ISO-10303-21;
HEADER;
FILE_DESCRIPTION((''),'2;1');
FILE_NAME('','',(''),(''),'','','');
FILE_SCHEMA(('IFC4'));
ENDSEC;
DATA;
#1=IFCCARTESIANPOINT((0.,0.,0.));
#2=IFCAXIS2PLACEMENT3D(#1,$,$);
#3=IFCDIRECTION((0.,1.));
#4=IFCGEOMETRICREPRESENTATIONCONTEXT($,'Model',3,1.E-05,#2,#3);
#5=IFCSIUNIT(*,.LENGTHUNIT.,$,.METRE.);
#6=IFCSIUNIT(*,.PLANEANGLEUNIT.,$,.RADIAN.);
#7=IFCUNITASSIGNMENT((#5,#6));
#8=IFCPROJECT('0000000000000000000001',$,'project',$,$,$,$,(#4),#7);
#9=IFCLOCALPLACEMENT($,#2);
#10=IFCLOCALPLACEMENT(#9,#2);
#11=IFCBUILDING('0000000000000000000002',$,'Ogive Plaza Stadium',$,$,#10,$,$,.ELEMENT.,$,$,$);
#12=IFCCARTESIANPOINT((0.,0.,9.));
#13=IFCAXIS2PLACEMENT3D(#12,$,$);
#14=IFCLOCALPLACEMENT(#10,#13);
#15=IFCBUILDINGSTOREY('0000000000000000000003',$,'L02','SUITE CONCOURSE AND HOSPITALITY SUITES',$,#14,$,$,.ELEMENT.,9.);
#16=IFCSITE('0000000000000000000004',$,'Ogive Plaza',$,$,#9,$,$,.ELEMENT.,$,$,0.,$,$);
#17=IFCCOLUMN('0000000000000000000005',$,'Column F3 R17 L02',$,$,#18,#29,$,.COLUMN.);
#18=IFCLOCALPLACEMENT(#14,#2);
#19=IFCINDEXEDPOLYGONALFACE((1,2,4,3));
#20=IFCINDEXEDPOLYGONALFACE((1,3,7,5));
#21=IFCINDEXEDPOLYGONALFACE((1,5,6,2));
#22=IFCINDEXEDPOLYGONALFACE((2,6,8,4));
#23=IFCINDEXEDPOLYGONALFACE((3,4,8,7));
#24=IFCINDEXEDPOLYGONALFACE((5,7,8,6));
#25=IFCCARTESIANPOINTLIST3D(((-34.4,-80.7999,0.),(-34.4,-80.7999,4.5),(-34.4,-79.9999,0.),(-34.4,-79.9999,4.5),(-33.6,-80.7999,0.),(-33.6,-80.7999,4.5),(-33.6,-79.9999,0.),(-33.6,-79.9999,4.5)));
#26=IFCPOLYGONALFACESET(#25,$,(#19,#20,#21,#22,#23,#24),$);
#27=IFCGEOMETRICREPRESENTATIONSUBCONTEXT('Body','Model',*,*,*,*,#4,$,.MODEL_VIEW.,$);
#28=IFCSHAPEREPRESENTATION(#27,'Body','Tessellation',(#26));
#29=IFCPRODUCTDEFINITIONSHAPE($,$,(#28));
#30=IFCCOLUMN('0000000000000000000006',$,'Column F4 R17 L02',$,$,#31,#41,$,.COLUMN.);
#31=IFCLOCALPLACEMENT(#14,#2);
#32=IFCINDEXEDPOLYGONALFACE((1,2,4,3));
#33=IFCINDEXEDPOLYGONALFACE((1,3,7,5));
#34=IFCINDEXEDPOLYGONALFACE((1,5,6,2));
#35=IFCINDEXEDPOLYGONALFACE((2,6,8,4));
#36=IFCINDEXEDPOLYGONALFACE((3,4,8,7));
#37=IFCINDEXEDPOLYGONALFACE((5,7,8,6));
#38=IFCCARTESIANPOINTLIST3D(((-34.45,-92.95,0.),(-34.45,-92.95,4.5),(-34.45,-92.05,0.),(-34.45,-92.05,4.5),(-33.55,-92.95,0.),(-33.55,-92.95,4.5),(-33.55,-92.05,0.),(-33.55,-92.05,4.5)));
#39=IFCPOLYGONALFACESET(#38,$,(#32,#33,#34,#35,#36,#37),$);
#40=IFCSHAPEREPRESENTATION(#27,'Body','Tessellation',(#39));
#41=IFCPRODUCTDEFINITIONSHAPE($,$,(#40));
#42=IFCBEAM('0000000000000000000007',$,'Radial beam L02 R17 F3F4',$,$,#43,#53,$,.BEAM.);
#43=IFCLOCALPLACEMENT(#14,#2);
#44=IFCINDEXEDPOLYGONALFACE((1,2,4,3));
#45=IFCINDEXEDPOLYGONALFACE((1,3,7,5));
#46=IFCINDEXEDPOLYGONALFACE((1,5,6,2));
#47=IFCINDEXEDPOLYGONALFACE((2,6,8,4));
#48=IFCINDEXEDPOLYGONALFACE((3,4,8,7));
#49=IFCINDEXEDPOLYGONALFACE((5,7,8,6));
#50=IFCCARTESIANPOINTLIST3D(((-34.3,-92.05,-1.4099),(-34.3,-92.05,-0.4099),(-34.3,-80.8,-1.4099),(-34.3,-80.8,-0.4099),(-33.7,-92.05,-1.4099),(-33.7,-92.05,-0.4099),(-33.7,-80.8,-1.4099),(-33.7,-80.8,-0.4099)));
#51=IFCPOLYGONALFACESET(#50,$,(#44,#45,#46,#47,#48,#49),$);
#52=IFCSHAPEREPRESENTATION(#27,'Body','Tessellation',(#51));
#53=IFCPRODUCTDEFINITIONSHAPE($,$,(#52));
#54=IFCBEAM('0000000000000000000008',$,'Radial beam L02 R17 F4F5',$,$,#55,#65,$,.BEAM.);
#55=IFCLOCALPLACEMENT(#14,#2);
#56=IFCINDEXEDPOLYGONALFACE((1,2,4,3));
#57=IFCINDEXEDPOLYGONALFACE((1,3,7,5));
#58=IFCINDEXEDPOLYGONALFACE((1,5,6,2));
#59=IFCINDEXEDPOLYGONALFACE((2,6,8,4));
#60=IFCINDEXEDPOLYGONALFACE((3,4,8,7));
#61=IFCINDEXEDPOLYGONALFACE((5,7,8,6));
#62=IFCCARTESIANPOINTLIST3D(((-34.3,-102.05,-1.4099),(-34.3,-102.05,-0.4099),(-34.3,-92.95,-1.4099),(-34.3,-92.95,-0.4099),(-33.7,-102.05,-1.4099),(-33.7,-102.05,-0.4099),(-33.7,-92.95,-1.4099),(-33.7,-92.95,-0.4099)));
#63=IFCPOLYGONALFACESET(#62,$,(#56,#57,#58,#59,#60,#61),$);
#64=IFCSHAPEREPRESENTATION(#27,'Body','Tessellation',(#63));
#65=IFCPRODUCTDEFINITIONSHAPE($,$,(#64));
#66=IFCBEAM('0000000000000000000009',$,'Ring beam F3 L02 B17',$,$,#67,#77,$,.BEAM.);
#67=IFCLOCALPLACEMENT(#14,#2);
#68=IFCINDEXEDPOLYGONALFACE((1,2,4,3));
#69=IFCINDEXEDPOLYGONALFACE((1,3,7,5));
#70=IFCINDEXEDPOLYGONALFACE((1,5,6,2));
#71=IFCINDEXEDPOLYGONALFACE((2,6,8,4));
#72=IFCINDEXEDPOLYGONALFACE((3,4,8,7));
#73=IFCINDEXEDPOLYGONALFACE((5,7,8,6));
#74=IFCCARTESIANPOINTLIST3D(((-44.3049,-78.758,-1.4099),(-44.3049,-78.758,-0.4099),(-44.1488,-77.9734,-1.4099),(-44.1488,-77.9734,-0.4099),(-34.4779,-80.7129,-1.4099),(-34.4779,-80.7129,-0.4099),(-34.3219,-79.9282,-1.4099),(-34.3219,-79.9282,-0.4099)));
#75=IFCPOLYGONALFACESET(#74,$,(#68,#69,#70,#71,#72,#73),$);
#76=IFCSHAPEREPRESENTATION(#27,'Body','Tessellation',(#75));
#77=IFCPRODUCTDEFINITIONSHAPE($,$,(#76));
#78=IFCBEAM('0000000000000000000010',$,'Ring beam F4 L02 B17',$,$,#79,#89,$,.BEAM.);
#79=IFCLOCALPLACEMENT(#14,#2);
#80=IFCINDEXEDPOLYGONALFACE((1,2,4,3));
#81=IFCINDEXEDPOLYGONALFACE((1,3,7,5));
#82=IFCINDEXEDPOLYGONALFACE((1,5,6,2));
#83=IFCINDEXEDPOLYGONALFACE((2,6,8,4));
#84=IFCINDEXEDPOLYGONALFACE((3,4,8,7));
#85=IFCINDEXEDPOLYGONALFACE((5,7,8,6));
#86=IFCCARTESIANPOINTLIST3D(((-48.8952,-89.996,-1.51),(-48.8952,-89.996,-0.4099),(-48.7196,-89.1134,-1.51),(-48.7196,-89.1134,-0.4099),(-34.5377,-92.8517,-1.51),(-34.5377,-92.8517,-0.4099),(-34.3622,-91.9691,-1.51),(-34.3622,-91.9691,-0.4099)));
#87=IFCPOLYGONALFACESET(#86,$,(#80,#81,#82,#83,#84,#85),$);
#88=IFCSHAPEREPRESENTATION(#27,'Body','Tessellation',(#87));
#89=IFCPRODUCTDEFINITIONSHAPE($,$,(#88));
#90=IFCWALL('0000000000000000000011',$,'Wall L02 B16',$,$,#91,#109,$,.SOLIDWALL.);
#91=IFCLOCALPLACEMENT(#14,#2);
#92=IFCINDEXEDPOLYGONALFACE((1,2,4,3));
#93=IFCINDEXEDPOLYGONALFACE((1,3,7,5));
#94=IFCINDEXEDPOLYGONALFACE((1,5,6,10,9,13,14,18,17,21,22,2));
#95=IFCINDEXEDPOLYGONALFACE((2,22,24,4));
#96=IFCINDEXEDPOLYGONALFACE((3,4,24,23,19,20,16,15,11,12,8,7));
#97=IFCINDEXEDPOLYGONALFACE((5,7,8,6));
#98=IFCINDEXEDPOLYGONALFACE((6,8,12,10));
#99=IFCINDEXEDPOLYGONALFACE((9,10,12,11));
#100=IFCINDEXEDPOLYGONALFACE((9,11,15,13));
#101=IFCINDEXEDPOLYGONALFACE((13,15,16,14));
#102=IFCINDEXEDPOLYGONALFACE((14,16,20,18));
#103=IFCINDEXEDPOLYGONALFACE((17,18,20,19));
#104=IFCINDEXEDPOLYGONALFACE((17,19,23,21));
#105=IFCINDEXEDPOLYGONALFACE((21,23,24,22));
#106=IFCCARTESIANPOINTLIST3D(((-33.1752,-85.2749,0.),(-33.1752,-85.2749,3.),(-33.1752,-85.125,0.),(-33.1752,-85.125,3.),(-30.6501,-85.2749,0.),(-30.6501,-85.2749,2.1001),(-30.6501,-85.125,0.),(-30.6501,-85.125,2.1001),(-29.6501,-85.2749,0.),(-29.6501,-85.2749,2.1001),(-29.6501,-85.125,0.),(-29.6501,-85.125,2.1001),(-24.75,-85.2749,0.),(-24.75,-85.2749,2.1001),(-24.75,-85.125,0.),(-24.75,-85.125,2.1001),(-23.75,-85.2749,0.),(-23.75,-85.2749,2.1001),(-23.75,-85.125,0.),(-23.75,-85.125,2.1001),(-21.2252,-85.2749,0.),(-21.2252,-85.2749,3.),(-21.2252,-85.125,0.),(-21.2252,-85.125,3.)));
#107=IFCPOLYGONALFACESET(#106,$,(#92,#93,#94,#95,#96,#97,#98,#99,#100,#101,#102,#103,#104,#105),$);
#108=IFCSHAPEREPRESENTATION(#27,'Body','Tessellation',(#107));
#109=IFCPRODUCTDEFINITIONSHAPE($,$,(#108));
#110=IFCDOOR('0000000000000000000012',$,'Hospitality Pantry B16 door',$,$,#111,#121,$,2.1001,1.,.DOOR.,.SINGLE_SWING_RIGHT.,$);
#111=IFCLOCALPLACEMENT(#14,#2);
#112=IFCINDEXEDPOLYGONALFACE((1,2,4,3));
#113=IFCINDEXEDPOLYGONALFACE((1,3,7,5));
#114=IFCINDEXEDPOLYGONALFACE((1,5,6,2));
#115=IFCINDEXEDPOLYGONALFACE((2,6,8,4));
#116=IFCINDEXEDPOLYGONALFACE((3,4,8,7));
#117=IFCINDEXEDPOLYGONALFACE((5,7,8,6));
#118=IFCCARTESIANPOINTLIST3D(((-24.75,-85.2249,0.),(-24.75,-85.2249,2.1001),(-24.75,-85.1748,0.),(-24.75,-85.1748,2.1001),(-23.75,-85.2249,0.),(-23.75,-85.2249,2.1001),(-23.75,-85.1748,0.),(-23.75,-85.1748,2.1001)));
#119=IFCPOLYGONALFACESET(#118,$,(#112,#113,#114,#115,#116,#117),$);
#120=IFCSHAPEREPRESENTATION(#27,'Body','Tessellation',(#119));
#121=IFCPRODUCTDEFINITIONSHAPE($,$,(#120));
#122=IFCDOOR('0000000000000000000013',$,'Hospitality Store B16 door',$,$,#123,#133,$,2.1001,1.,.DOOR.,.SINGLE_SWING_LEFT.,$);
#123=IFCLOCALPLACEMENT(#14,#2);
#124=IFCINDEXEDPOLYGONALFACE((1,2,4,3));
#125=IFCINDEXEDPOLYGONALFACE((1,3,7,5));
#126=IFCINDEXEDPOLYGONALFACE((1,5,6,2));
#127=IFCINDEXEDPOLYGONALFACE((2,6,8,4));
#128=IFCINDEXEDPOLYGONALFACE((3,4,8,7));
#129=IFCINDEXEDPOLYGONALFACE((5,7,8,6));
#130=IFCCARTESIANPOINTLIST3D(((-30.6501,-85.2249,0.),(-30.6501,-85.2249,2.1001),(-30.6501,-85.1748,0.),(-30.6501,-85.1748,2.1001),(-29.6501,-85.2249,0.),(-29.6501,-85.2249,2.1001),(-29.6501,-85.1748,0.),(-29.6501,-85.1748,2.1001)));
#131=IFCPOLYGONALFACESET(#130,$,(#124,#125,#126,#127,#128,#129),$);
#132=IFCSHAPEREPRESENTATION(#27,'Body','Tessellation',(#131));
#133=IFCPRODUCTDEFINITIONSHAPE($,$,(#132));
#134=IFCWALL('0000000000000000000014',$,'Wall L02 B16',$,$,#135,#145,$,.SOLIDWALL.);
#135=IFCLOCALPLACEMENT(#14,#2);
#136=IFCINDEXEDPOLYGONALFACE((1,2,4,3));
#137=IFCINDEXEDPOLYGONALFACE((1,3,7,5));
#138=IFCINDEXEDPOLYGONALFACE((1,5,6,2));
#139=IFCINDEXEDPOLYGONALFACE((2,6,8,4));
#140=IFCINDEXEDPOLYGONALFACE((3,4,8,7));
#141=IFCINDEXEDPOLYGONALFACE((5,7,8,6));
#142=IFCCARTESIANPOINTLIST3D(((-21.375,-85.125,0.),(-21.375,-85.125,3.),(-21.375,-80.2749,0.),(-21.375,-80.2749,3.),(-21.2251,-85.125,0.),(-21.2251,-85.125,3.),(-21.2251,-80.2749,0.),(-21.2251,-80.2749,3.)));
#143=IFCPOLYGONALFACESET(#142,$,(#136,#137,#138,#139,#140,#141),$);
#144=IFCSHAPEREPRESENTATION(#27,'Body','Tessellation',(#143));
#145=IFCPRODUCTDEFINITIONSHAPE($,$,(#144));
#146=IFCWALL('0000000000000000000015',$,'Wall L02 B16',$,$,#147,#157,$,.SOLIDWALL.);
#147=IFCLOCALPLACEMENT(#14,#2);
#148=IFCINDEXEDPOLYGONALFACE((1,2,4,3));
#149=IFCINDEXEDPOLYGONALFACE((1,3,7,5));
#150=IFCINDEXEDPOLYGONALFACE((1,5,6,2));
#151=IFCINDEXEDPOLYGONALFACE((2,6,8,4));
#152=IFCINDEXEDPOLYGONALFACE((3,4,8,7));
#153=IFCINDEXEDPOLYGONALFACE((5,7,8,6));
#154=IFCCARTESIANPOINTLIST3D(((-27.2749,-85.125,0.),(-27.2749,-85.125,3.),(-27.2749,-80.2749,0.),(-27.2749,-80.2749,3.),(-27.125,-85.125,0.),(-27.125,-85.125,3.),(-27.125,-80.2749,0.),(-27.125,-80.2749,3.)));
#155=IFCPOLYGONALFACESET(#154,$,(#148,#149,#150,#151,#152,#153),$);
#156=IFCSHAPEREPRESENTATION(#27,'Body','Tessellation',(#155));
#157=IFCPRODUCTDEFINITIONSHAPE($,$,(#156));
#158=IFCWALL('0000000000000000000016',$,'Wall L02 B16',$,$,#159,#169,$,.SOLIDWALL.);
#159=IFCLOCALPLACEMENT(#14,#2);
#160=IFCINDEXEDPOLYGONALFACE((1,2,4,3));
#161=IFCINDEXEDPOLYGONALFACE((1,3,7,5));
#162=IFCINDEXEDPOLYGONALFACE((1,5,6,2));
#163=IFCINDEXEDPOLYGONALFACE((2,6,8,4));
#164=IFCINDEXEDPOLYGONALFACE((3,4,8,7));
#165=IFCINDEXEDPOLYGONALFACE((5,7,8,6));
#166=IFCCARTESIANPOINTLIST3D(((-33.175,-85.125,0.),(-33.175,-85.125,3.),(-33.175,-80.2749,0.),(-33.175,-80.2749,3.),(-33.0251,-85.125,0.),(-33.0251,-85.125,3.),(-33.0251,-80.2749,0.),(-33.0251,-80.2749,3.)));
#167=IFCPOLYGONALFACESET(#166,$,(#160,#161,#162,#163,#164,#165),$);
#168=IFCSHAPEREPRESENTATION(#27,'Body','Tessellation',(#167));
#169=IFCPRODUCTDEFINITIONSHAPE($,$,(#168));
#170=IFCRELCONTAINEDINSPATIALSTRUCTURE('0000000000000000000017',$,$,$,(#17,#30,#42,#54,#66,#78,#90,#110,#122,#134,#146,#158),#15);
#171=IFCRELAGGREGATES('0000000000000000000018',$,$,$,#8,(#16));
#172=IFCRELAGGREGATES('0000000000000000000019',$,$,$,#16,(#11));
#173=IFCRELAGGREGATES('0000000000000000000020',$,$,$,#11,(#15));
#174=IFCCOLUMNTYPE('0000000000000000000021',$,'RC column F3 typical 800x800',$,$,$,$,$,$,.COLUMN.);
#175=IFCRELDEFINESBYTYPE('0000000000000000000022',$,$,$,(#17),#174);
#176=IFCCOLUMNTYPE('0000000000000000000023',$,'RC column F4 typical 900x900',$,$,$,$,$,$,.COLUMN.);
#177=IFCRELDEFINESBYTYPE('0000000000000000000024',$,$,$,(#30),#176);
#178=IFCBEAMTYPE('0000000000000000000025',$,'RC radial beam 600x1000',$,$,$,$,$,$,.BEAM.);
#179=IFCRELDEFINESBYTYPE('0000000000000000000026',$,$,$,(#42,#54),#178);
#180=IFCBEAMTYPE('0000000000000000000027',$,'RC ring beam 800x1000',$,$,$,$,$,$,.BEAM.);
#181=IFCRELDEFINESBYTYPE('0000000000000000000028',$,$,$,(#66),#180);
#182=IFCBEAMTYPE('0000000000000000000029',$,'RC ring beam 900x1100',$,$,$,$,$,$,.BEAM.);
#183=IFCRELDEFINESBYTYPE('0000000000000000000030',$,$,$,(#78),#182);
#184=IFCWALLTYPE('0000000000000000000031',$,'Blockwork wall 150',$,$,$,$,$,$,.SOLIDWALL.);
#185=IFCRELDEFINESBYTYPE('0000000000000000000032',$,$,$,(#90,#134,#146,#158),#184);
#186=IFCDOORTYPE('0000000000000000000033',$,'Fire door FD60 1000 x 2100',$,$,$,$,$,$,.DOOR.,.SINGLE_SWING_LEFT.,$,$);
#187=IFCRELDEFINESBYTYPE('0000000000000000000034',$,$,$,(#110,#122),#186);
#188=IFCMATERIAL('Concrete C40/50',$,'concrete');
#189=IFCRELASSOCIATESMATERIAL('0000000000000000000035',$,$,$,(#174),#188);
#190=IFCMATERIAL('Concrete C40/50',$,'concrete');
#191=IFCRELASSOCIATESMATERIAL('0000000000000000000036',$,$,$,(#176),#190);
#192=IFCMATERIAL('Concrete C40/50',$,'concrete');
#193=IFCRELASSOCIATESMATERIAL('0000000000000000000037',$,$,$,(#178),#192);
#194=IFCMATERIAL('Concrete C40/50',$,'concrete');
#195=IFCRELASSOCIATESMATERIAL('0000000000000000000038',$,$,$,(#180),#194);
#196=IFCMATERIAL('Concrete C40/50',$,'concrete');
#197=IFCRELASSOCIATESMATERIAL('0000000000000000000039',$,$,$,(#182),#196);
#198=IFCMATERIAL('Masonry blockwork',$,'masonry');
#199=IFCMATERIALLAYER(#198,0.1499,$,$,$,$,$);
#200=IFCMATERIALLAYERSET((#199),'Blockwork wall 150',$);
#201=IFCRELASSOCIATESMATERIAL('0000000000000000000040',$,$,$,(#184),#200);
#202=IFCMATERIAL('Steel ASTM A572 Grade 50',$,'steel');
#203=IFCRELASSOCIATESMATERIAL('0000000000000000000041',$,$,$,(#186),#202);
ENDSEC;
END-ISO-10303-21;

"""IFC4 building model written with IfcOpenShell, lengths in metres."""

from ifc_helpers import new_model, si_unit, direction, frame, frame_2d, origin, origin_2d, place, context, subcontext, project, spatial, rectangle, extrude, material, layer, layer_set, material_profile, profile_set, type_object, element, fill, save


model = new_model("IFC4")

# Units and contexts
model_context = context("Model", 3, precision=1e-05, world=origin(), true_north=direction((0.0, 1.0)))
body_context = subcontext(model_context, "Body", "Model", "MODEL_VIEW")
ifc_project = project(units=[si_unit("LENGTHUNIT", "METRE"), si_unit("PLANEANGLEUNIT", "RADIAN")], contexts=[model_context])

# Site, building, storey
site_placement = place(None, origin())
site = spatial("IfcSite", under=ifc_project, at=site_placement, Name="Ogive Plaza", CompositionType="ELEMENT", RefElevation=0.0)
building_placement = place(site_placement, origin())
building = spatial("IfcBuilding", under=site, at=building_placement, Name="Ogive Plaza Stadium", CompositionType="ELEMENT")
storey_placement = place(building_placement, frame((0.0, 0.0, 9.0)))
storey = spatial("IfcBuildingStorey", under=building, at=storey_placement, Name="L02", Description="SUITE CONCOURSE AND HOSPITALITY SUITES", CompositionType="ELEMENT", Elevation=9.0)

# Columns
ifc_material_1 = material(Name="Concrete C40/50", Category="concrete")
ifc_material_profile_1 = material_profile(ifc_material_1, rectangle(XDim=0.8, YDim=0.8, at=origin_2d()), Name="RC 800x800")
ifc_profile_set_1 = profile_set([ifc_material_profile_1], Name="Concrete C40/50")
column_type_1 = type_object("IfcColumnType", Name="RC column F3 typical 800x800", PredefinedType="COLUMN", material=ifc_profile_set_1)
column_1_placement = place(storey_placement, frame((-34.0, -80.3999, 0.0), z_axis=(0.0, 0.0, 1.0), x_axis=(1.0, 0.0, 0.0)))
element("IfcColumn", 1, at=column_1_placement, inside=storey, type_object=column_type_1, Name="Column F3 R17 L02", PredefinedType="COLUMN", context=body_context, shape_type="SweptSolid", body=[
    extrude(rectangle(XDim=0.8, YDim=0.8, at=origin_2d()), origin(), (0.0, 0.0, 1.0), 4.5),
])
ifc_material_2 = material(Name="Concrete C40/50", Category="concrete")
ifc_material_profile_2 = material_profile(ifc_material_2, rectangle(XDim=0.8999, YDim=0.8999, at=origin_2d()), Name="RC 900x900")
ifc_profile_set_2 = profile_set([ifc_material_profile_2], Name="Concrete C40/50")
column_type_2 = type_object("IfcColumnType", Name="RC column F4 typical 900x900", PredefinedType="COLUMN", material=ifc_profile_set_2)
column_2_placement = place(storey_placement, frame((-34.0, -92.5, 0.0), z_axis=(0.0, 0.0, 1.0), x_axis=(1.0, 0.0, 0.0)))
element("IfcColumn", 2, at=column_2_placement, inside=storey, type_object=column_type_2, Name="Column F4 R17 L02", PredefinedType="COLUMN", context=body_context, shape_type="SweptSolid", body=[
    extrude(rectangle(XDim=0.8999, YDim=0.8999, at=origin_2d()), origin(), (0.0, 0.0, 1.0), 4.5),
])

# Beams
ifc_material_3 = material(Name="Concrete C40/50", Category="concrete")
ifc_material_profile_3 = material_profile(ifc_material_3, rectangle(XDim=0.6001, YDim=1.0, at=origin_2d()), Name="RC 600x1000")
ifc_profile_set_3 = profile_set([ifc_material_profile_3], Name="Concrete C40/50")
beam_type_1 = type_object("IfcBeamType", Name="RC radial beam 600x1000", PredefinedType="BEAM", material=ifc_profile_set_3)
beam_1_placement = place(storey_placement, frame((-34.0, -80.8, -0.9099), z_axis=(0.0, -1.0, 0.0), x_axis=(1.0, 0.0, 0.0)))
element("IfcBeam", 3, at=beam_1_placement, inside=storey, type_object=beam_type_1, Name="Radial beam L02 R17 F3F4", PredefinedType="BEAM", context=body_context, shape_type="SweptSolid", body=[
    extrude(rectangle(XDim=0.6001, YDim=1.0, at=origin_2d()), origin(), (0.0, 0.0, 1.0), 11.25),
])
beam_2_placement = place(storey_placement, frame((-34.0, -92.95, -0.9099), z_axis=(0.0, -1.0, 0.0), x_axis=(1.0, 0.0, 0.0)))
element("IfcBeam", 4, at=beam_2_placement, inside=storey, type_object=beam_type_1, Name="Radial beam L02 R17 F4F5", PredefinedType="BEAM", context=body_context, shape_type="SweptSolid", body=[
    extrude(rectangle(XDim=0.6001, YDim=1.0, at=origin_2d()), origin(), (0.0, 0.0, 1.0), 9.1001),
])
ifc_material_4 = material(Name="Concrete C40/50", Category="concrete")
ifc_material_profile_4 = material_profile(ifc_material_4, rectangle(XDim=0.8, YDim=1.0, at=origin_2d()), Name="RC 800x1000")
ifc_profile_set_4 = profile_set([ifc_material_profile_4], Name="Concrete C40/50")
beam_type_2 = type_object("IfcBeamType", Name="RC ring beam 800x1000", PredefinedType="BEAM", material=ifc_profile_set_4)
beam_3_placement = place(storey_placement, frame((-34.3999, -80.3206, -0.9099), z_axis=(-0.980783, 0.195104, 0.0), x_axis=(-0.195104, -0.980783, 0.0)))
element("IfcBeam", 5, at=beam_3_placement, inside=storey, type_object=beam_type_2, Name="Ring beam F3 L02 B17", PredefinedType="BEAM", context=body_context, shape_type="SweptSolid", body=[
    extrude(rectangle(XDim=0.8, YDim=1.0, at=origin_2d()), origin(), (0.0, 0.0, 1.0), 10.0195),
])
ifc_material_5 = material(Name="Concrete C40/50", Category="concrete")
ifc_material_profile_5 = material_profile(ifc_material_5, rectangle(XDim=0.8999, YDim=1.1001, at=origin_2d()), Name="RC 900x1100")
ifc_profile_set_5 = profile_set([ifc_material_profile_5], Name="Concrete C40/50")
beam_type_3 = type_object("IfcBeamType", Name="RC ring beam 900x1100", PredefinedType="BEAM", material=ifc_profile_set_5)
beam_4_placement = place(storey_placement, frame((-34.45, -92.4104, -0.96), z_axis=(-0.980787, 0.19508, 0.0), x_axis=(-0.19508, -0.980787, 0.0)))
element("IfcBeam", 6, at=beam_4_placement, inside=storey, type_object=beam_type_3, Name="Ring beam F4 L02 B17", PredefinedType="BEAM", context=body_context, shape_type="SweptSolid", body=[
    extrude(rectangle(XDim=0.8999, YDim=1.1001, at=origin_2d()), origin(), (0.0, 0.0, 1.0), 14.6387),
])

# Wall, openings, doors
ifc_material_6 = material(Name="Masonry blockwork", Category="masonry")
ifc_layer_1 = layer(ifc_material_6, 0.1499)
ifc_layer_set_1 = layer_set([ifc_layer_1], Name="Blockwork wall 150")
wall_type_1 = type_object("IfcWallType", Name="Blockwork wall 150", PredefinedType="SOLIDWALL", material=ifc_layer_set_1)
wall_1_placement = place(storey_placement, frame((-21.2251, -85.2, 0.0), z_axis=(0.0, 0.0, 1.0), x_axis=(-1.0, 0.0, 0.0)))
wall_1 = element("IfcWall", 7, at=wall_1_placement, inside=storey, type_object=wall_type_1, Name="Wall L02 B16", PredefinedType="SOLIDWALL", context=body_context, shape_type="SweptSolid", body=[
    extrude(rectangle(XDim=11.95, YDim=0.1499, at=frame_2d((5.9751, 0.0))), origin(), (0.0, 0.0, 1.0), 3.0),
])
opening_1_placement = place(wall_1_placement, frame((2.5249, 0.0, 0.0)))
opening_1 = element("IfcOpeningElement", 8, at=opening_1_placement, cuts=wall_1, PredefinedType="OPENING", context=body_context, shape_type="SweptSolid", body=[
    extrude(rectangle(XDim=1.0, YDim=2.1001, at=frame_2d((0.5, 1.05))), frame((0.0, 0.075, 0.0), z_axis=(0.0, -1.0, 0.0), x_axis=(1.0, 0.0, 0.0)), (0.0, 0.0, 1.0), 0.1499),
])
opening_2_placement = place(wall_1_placement, frame((8.425, 0.0, 0.0)))
opening_2 = element("IfcOpeningElement", 9, at=opening_2_placement, cuts=wall_1, PredefinedType="OPENING", context=body_context, shape_type="SweptSolid", body=[
    extrude(rectangle(XDim=1.0, YDim=2.1001, at=frame_2d((0.5, 1.05))), frame((0.0, 0.075, 0.0), z_axis=(0.0, -1.0, 0.0), x_axis=(1.0, 0.0, 0.0)), (0.0, 0.0, 1.0), 0.1499),
])
ifc_material_7 = material(Name="Steel ASTM A572 Grade 50", Category="steel")
door_type_1 = type_object("IfcDoorType", Name="Fire door FD60 1000 x 2100", OperationType="SINGLE_SWING_LEFT", PredefinedType="DOOR", material=ifc_material_7)
door_1_placement = place(opening_1_placement, origin())
door_1 = element("IfcDoor", 10, at=door_1_placement, inside=storey, type_object=door_type_1, Name="Hospitality Pantry B16 door", OperationType="SINGLE_SWING_RIGHT", OverallHeight=2.1001, OverallWidth=1.0, PredefinedType="DOOR", context=body_context, shape_type="SweptSolid", body=[
    extrude(rectangle(XDim=1.0, YDim=2.1001, at=frame_2d((0.5, 1.05))), frame((0.0, 0.0249, 0.0), z_axis=(0.0, -1.0, 0.0), x_axis=(1.0, 0.0, 0.0)), (0.0, 0.0, 1.0), 0.05),
])
fill(opening_1, door_1)
door_2_placement = place(opening_2_placement, origin())
door_2 = element("IfcDoor", 11, at=door_2_placement, inside=storey, type_object=door_type_1, Name="Hospitality Store B16 door", OperationType="SINGLE_SWING_LEFT", OverallHeight=2.1001, OverallWidth=1.0, PredefinedType="DOOR", context=body_context, shape_type="SweptSolid", body=[
    extrude(rectangle(XDim=1.0, YDim=2.1001, at=frame_2d((0.5, 1.05))), frame((0.0, 0.0249, 0.0), z_axis=(0.0, -1.0, 0.0), x_axis=(1.0, 0.0, 0.0)), (0.0, 0.0, 1.0), 0.05),
])
fill(opening_2, door_2)

# Walls
for number, where, z_axis, x_axis, name in (
    (12, (-21.3, -80.2749, 0.0), (0.0, 0.0, 1.0), (0.0, -1.0, 0.0), "Wall L02 B16"),
    (13, (-27.2, -80.2749, 0.0), (0.0, 0.0, 1.0), (0.0, -1.0, 0.0), "Wall L02 B16"),
    (14, (-33.1001, -80.2749, 0.0), (0.0, 0.0, 1.0), (0.0, -1.0, 0.0), "Wall L02 B16"),
):
    element("IfcWall", number, at=place(storey_placement, frame(where, z_axis=z_axis, x_axis=x_axis)), inside=storey, type_object=wall_type_1, Name=name, PredefinedType="SOLIDWALL", context=body_context, shape_type="SweptSolid", body=[
        extrude(rectangle(XDim=4.8501, YDim=0.1499, at=frame_2d((2.425, 0.0))), origin(), (0.0, 0.0, 1.0), 3.0),
    ])

save(model, "model.ifc")
